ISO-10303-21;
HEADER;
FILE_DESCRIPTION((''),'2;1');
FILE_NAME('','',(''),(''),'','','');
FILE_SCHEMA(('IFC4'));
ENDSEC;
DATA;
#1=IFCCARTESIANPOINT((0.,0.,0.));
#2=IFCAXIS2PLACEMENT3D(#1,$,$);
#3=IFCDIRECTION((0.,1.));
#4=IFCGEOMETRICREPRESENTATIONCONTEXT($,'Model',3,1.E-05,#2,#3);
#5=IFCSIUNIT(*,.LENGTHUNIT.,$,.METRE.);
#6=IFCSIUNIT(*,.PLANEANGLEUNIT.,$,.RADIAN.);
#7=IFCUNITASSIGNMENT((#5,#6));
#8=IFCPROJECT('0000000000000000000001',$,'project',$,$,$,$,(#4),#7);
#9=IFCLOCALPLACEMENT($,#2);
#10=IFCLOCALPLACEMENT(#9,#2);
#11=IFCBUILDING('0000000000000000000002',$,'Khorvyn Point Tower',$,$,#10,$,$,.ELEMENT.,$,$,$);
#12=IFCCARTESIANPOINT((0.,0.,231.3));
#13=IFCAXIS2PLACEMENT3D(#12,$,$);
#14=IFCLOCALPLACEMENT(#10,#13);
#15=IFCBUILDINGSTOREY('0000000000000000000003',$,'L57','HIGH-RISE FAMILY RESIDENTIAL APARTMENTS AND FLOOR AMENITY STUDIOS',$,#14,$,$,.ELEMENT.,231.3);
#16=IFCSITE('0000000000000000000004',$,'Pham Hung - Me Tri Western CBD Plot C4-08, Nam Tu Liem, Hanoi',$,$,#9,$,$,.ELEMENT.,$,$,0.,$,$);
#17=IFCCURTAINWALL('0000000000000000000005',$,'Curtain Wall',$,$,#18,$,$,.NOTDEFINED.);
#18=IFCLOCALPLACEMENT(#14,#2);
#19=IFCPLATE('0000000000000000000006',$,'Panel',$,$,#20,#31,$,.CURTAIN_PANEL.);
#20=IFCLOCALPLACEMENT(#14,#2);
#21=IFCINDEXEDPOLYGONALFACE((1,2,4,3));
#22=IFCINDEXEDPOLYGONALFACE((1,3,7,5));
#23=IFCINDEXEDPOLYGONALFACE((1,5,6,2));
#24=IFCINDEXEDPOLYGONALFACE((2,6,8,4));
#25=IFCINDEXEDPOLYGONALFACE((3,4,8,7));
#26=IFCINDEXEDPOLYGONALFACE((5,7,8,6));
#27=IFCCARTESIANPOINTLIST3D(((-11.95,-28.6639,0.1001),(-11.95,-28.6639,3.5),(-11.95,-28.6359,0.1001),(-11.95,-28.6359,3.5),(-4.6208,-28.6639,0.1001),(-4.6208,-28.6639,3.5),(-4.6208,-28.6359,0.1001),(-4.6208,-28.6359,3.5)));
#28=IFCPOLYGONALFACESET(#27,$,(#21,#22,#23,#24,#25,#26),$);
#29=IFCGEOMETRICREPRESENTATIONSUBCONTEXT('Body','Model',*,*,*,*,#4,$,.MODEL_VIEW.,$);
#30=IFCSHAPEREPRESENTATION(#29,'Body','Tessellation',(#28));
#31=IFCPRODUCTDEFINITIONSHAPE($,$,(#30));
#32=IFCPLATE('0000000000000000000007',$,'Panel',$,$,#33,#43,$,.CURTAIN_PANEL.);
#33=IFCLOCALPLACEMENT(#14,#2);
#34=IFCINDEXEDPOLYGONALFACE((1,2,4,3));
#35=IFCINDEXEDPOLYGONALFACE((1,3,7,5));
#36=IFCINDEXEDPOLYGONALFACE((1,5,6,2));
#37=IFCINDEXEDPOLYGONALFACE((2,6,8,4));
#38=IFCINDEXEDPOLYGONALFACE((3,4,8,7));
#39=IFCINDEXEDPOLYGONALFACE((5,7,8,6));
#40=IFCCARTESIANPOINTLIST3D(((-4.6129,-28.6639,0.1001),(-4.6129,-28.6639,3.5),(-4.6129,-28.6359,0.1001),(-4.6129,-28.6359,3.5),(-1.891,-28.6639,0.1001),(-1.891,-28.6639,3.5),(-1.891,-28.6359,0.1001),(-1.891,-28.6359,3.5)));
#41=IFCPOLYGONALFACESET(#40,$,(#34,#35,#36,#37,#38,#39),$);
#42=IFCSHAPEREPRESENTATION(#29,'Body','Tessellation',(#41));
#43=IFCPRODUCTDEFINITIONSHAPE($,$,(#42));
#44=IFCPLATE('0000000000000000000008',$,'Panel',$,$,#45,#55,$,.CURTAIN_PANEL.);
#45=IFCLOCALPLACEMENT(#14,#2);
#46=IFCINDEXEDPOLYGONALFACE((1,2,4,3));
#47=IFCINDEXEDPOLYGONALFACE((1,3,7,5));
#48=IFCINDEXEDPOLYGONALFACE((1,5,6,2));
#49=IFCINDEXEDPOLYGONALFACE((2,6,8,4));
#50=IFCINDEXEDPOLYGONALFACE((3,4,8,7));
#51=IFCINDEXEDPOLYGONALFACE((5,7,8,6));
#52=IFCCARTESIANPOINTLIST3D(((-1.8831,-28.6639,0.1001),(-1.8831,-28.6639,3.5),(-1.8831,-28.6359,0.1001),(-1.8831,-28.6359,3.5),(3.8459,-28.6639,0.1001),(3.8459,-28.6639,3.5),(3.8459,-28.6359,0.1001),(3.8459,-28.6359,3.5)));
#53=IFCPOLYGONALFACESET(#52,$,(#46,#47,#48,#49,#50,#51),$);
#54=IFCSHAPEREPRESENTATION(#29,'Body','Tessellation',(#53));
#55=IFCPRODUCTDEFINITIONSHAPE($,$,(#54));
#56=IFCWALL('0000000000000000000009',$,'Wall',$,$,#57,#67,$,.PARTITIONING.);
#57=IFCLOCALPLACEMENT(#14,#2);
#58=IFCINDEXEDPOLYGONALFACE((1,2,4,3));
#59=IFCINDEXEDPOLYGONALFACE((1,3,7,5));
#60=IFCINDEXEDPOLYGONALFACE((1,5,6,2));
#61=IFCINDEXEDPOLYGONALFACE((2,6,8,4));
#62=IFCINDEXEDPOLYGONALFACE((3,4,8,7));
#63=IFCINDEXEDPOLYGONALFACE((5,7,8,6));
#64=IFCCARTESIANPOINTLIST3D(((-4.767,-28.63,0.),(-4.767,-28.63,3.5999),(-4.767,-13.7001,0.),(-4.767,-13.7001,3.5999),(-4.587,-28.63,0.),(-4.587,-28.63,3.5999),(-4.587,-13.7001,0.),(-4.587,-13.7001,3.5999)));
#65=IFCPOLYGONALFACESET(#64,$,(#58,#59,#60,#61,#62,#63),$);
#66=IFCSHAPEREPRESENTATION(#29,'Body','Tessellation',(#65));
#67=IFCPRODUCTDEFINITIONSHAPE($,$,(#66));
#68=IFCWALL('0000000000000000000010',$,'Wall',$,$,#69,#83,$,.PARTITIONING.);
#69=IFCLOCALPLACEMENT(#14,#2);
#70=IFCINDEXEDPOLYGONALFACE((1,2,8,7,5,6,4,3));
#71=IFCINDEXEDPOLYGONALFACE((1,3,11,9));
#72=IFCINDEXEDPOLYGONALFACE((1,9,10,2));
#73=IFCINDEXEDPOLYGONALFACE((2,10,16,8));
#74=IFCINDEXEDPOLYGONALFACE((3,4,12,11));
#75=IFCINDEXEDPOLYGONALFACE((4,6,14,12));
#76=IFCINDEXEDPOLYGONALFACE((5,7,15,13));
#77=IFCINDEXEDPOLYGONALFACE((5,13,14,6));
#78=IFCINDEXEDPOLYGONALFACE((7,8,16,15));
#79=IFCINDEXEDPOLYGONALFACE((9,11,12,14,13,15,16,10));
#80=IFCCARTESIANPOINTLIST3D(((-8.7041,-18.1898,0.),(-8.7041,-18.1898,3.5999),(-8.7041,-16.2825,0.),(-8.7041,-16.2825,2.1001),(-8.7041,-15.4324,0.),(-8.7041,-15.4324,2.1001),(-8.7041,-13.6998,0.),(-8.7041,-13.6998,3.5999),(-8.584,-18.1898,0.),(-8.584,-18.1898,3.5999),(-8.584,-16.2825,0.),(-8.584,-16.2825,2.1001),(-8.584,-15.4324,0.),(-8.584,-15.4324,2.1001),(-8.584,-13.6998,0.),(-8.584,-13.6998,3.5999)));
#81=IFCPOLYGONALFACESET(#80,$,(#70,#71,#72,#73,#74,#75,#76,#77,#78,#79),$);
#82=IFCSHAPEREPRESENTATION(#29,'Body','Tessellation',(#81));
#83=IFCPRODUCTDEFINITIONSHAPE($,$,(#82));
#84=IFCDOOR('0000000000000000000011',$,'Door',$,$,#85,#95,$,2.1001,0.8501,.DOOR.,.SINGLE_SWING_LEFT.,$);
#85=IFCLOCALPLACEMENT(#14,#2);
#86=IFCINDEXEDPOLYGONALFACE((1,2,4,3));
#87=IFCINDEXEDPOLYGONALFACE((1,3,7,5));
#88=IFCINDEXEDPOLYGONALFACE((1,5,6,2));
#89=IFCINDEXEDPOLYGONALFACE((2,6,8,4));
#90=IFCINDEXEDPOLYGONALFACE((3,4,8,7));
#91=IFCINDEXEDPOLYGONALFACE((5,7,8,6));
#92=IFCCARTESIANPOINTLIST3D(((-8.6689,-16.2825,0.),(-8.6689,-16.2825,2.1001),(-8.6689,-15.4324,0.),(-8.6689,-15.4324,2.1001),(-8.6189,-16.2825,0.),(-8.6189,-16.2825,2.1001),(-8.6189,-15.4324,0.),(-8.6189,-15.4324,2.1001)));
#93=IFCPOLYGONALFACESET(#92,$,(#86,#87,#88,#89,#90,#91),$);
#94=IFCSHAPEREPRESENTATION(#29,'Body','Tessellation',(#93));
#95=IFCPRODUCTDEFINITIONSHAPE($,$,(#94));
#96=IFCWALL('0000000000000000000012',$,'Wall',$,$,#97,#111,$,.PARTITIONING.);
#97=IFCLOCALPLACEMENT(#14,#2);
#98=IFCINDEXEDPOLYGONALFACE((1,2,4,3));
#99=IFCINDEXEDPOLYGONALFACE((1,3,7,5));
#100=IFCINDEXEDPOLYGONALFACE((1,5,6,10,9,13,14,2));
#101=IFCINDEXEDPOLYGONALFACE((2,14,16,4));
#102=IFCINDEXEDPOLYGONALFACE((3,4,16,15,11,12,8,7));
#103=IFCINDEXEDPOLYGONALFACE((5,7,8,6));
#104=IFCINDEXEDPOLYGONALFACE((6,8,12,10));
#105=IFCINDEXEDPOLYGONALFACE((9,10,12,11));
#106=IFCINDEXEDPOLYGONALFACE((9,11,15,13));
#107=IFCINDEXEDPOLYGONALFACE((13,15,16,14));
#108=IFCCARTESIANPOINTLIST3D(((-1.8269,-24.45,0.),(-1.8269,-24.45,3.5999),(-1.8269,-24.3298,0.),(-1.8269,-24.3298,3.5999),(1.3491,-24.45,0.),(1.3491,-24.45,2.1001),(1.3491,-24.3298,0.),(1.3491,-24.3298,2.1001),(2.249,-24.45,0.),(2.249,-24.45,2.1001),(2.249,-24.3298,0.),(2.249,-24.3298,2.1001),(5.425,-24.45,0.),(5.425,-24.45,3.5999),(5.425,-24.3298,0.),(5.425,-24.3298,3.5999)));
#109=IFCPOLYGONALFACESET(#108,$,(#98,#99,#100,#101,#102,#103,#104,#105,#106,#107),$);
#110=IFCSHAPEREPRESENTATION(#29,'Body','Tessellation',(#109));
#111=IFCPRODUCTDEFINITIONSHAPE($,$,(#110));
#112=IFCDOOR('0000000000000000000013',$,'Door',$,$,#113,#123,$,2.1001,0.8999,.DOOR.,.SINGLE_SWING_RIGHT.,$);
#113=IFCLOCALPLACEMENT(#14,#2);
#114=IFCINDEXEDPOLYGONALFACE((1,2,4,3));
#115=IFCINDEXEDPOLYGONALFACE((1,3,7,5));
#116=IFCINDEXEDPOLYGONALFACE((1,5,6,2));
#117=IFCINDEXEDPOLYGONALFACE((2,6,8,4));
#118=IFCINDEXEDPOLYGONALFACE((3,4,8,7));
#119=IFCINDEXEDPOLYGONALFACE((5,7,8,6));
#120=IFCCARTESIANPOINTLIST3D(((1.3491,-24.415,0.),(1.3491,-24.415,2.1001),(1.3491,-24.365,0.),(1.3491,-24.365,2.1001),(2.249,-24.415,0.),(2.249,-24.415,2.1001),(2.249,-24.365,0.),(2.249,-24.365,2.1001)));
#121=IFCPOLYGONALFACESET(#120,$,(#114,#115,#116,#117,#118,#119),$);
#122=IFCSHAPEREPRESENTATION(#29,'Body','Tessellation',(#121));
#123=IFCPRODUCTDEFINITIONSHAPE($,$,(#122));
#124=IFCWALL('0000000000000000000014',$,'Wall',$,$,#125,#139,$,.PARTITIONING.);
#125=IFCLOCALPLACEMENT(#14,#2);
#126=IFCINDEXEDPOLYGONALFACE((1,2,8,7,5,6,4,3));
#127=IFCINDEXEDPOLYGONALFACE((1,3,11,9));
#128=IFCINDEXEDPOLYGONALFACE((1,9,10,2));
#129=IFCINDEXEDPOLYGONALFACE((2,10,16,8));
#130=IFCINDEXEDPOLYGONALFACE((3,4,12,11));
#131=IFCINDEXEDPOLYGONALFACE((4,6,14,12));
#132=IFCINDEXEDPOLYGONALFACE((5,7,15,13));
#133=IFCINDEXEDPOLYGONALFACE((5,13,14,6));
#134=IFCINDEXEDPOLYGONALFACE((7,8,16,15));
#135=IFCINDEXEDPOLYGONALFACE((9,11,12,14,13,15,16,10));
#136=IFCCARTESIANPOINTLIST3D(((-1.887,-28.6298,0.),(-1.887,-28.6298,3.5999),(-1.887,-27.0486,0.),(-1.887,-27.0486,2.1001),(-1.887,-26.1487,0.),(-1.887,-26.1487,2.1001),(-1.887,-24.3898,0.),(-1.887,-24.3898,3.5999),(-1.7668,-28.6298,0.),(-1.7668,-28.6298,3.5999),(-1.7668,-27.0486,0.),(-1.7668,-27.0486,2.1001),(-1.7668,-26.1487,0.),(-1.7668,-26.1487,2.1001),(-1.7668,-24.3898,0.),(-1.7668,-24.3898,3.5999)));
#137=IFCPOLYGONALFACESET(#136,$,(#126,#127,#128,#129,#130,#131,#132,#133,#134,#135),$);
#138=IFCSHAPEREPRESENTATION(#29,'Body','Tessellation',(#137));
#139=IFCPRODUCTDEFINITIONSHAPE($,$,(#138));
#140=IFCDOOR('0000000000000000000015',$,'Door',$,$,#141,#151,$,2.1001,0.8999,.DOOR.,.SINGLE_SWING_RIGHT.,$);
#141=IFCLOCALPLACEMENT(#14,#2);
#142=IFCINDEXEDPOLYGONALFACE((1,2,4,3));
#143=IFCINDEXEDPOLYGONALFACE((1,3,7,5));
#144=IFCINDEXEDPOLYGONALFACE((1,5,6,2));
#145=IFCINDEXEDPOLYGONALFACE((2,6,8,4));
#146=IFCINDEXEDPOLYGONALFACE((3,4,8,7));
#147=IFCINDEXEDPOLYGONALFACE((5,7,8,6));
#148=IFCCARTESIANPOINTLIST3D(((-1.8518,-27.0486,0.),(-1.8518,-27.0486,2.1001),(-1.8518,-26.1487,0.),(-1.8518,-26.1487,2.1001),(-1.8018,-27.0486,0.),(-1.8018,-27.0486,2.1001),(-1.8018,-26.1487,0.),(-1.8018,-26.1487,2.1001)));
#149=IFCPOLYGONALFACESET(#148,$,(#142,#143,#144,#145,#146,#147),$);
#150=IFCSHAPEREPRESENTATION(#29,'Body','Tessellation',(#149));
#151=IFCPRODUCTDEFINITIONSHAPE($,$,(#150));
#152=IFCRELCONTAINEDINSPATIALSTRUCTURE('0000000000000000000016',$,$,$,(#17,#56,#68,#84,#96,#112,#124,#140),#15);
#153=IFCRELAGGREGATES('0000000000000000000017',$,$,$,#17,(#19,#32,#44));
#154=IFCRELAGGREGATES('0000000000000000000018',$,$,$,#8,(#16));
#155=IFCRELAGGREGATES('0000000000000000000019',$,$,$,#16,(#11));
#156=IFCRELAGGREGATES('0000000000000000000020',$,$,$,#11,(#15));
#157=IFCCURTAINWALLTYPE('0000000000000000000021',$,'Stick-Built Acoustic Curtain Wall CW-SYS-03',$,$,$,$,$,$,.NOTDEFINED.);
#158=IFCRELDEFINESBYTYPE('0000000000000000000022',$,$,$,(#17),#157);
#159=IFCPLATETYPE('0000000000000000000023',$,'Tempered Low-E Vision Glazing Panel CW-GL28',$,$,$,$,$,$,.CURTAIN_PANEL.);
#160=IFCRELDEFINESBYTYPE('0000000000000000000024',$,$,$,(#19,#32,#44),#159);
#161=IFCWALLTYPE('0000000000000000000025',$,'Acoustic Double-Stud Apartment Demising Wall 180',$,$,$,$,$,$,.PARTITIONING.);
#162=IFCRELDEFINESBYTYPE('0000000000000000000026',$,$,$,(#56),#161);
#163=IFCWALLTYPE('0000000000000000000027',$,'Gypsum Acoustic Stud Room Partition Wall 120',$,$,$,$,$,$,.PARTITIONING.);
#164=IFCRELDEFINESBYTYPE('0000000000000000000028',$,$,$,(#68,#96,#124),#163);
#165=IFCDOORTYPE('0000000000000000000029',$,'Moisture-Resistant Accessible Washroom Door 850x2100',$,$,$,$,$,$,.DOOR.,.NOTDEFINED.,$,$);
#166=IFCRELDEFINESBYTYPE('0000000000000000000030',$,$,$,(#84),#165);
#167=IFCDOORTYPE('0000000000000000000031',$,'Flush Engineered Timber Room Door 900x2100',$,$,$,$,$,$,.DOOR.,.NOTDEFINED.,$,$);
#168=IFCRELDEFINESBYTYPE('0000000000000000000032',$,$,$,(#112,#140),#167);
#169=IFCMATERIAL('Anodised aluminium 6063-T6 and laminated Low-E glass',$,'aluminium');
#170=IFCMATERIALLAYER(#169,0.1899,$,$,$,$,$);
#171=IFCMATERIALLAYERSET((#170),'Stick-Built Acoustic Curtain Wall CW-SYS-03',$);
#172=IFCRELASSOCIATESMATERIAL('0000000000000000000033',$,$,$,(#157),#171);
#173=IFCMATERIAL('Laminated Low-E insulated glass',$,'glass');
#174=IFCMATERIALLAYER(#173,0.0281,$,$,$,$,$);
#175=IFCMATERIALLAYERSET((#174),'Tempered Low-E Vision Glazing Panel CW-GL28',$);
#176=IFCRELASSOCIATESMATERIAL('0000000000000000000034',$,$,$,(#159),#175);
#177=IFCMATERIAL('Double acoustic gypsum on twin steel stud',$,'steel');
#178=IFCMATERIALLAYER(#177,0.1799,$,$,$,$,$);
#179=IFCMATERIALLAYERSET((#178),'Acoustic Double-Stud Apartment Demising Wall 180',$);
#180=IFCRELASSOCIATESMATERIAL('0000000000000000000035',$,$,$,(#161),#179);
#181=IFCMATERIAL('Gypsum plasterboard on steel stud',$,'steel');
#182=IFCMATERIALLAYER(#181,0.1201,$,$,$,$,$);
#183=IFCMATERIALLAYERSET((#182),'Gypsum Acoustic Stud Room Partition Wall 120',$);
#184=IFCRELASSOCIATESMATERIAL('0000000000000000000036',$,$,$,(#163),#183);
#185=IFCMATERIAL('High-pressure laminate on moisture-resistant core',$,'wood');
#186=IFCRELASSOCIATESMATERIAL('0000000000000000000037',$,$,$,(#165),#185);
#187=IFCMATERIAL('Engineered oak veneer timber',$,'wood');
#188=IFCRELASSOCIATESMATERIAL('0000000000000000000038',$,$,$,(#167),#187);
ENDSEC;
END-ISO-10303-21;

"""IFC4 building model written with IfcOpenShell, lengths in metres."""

from ifc_helpers import new_model, si_unit, direction, frame, frame_2d, origin, origin_2d, place, context, subcontext, project, spatial, rectangle, extrude, material, layer, layer_set, type_object, element, fill, aggregate, save


model = new_model("IFC4")

# Units and contexts
model_context = context("Model", 3, precision=1e-05, world=origin(), true_north=direction((0.0, 1.0)))
body_context = subcontext(model_context, "Body", "Model", "MODEL_VIEW")
ifc_project = project(units=[si_unit("LENGTHUNIT", "METRE"), si_unit("PLANEANGLEUNIT", "RADIAN")], contexts=[model_context])

# Site, building, storey
site_placement = place(None, origin())
site = spatial("IfcSite", under=ifc_project, at=site_placement, Name="Pham Hung - Me Tri Western CBD Plot C4-08, Nam Tu Liem, Hanoi", CompositionType="ELEMENT", RefElevation=0.0)
building_placement = place(site_placement, origin())
building = spatial("IfcBuilding", under=site, at=building_placement, Name="Khorvyn Point Tower", CompositionType="ELEMENT")
storey_placement = place(building_placement, frame((0.0, 0.0, 231.3)))
storey = spatial("IfcBuildingStorey", under=building, at=storey_placement, Name="L57", Description="HIGH-RISE FAMILY RESIDENTIAL APARTMENTS AND FLOOR AMENITY STUDIOS", CompositionType="ELEMENT", Elevation=231.3)

# Curtain wall, plates
ifc_material_1 = material(Name="Anodised aluminium 6063-T6 and laminated Low-E glass", Category="aluminium")
ifc_layer_1 = layer(ifc_material_1, 0.1899)
ifc_layer_set_1 = layer_set([ifc_layer_1], Name="Stick-Built Acoustic Curtain Wall CW-SYS-03")
curtain_wall_type = type_object("IfcCurtainWallType", Name="Stick-Built Acoustic Curtain Wall CW-SYS-03", PredefinedType="NOTDEFINED", material=ifc_layer_set_1)
curtain_wall_placement = place(storey_placement, origin())
curtain_wall = element("IfcCurtainWall", 1, at=curtain_wall_placement, inside=storey, type_object=curtain_wall_type, Name="Curtain Wall", PredefinedType="NOTDEFINED")
ifc_material_2 = material(Name="Laminated Low-E insulated glass", Category="glass")
ifc_layer_2 = layer(ifc_material_2, 0.0281)
ifc_layer_set_2 = layer_set([ifc_layer_2], Name="Tempered Low-E Vision Glazing Panel CW-GL28")
plate_type = type_object("IfcPlateType", Name="Tempered Low-E Vision Glazing Panel CW-GL28", PredefinedType="CURTAIN_PANEL", material=ifc_layer_set_2)
plate_1_placement = place(storey_placement, frame((-8.2854, -28.6499, 0.1001), z_axis=(0.0, 0.0, 1.0), x_axis=(-1.0, 0.0, 0.0)))
plate_1 = element("IfcPlate", 2, at=plate_1_placement, type_object=plate_type, Name="Panel", PredefinedType="CURTAIN_PANEL", context=body_context, shape_type="SweptSolid", body=[
    extrude(rectangle(XDim=7.3291, YDim=0.0281, at=origin_2d()), origin(), (0.0, 0.0, 1.0), 3.3999),
])
plate_2_placement = place(storey_placement, frame((-3.252, -28.6499, 0.1001), z_axis=(0.0, 0.0, 1.0), x_axis=(-1.0, 0.0, 0.0)))
plate_2 = element("IfcPlate", 3, at=plate_2_placement, type_object=plate_type, Name="Panel", PredefinedType="CURTAIN_PANEL", context=body_context, shape_type="SweptSolid", body=[
    extrude(rectangle(XDim=2.7219, YDim=0.0281, at=origin_2d()), origin(), (0.0, 0.0, 1.0), 3.3999),
])
plate_3_placement = place(storey_placement, frame((0.9814, -28.6499, 0.1001), z_axis=(0.0, 0.0, 1.0), x_axis=(-1.0, 0.0, 0.0)))
plate_3 = element("IfcPlate", 4, at=plate_3_placement, type_object=plate_type, Name="Panel", PredefinedType="CURTAIN_PANEL", context=body_context, shape_type="SweptSolid", body=[
    extrude(rectangle(XDim=5.729, YDim=0.0281, at=origin_2d()), origin(), (0.0, 0.0, 1.0), 3.3999),
])
aggregate(curtain_wall, [plate_1, plate_2, plate_3])

# Wall
ifc_material_3 = material(Name="Double acoustic gypsum on twin steel stud", Category="steel")
ifc_layer_3 = layer(ifc_material_3, 0.1799)
ifc_layer_set_3 = layer_set([ifc_layer_3], Name="Acoustic Double-Stud Apartment Demising Wall 180")
wall_type_1 = type_object("IfcWallType", Name="Acoustic Double-Stud Apartment Demising Wall 180", PredefinedType="PARTITIONING", material=ifc_layer_set_3)
wall_1_placement = place(storey_placement, frame((-4.677, -28.6299, 0.0), z_axis=(0.0, 0.0, 1.0), x_axis=(0.0, 1.0, 0.0)))
element("IfcWall", 5, at=wall_1_placement, inside=storey, type_object=wall_type_1, Name="Wall", PredefinedType="PARTITIONING", context=body_context, shape_type="SweptSolid", body=[
    extrude(rectangle(XDim=14.9299, YDim=0.1799, at=frame_2d((7.4648, 0.0))), origin(), (0.0, 0.0, 1.0), 3.5999),
])

# Walls, openings, doors
ifc_material_4 = material(Name="Gypsum plasterboard on steel stud", Category="steel")
ifc_layer_4 = layer(ifc_material_4, 0.1201)
ifc_layer_set_4 = layer_set([ifc_layer_4], Name="Gypsum Acoustic Stud Room Partition Wall 120")
wall_type_2 = type_object("IfcWallType", Name="Gypsum Acoustic Stud Room Partition Wall 120", PredefinedType="PARTITIONING", material=ifc_layer_set_4)
wall_2_placement = place(storey_placement, frame((-8.644, -18.1899, 0.0), z_axis=(0.0, 0.0, 1.0), x_axis=(0.0, 1.0, 0.0)))
wall_2 = element("IfcWall", 6, at=wall_2_placement, inside=storey, type_object=wall_type_2, Name="Wall", PredefinedType="PARTITIONING", context=body_context, shape_type="SweptSolid", body=[
    extrude(rectangle(XDim=4.49, YDim=0.1201, at=frame_2d((2.2451, 0.0))), origin(), (0.0, 0.0, 1.0), 3.5999),
])
opening_1_placement = place(wall_2_placement, frame((1.9075, 0.0, 0.0)))
opening_1 = element("IfcOpeningElement", 7, at=opening_1_placement, cuts=wall_2, PredefinedType="OPENING", context=body_context, shape_type="SweptSolid", body=[
    extrude(rectangle(XDim=0.8501, YDim=2.1001, at=frame_2d((0.425, 1.05))), frame((0.0, 0.0701, 0.0), z_axis=(0.0, -1.0, 0.0), x_axis=(1.0, 0.0, 0.0)), (0.0, 0.0, 1.0), 0.1401),
])
ifc_material_5 = material(Name="High-pressure laminate on moisture-resistant core", Category="wood")
door_type_1 = type_object("IfcDoorType", Name="Moisture-Resistant Accessible Washroom Door 850x2100", OperationType="NOTDEFINED", PredefinedType="DOOR", material=ifc_material_5)
door_1_placement = place(opening_1_placement, origin())
door_1 = element("IfcDoor", 8, at=door_1_placement, inside=storey, type_object=door_type_1, Name="Door", OperationType="SINGLE_SWING_LEFT", OverallHeight=2.1001, OverallWidth=0.8501, PredefinedType="DOOR", context=body_context, shape_type="SweptSolid", body=[
    extrude(rectangle(XDim=0.8501, YDim=2.1001, at=frame_2d((0.425, 1.05))), frame((0.0, 0.0249, 0.0), z_axis=(0.0, -1.0, 0.0), x_axis=(1.0, 0.0, 0.0)), (0.0, 0.0, 1.0), 0.05),
])
fill(opening_1, door_1)
wall_3_placement = place(storey_placement, frame((-1.8269, -24.3899, 0.0), z_axis=(0.0, 0.0, 1.0), x_axis=(1.0, 0.0, 0.0)))
wall_3 = element("IfcWall", 9, at=wall_3_placement, inside=storey, type_object=wall_type_2, Name="Wall", PredefinedType="PARTITIONING", context=body_context, shape_type="SweptSolid", body=[
    extrude(rectangle(XDim=7.252, YDim=0.1201, at=frame_2d((3.626, 0.0))), origin(), (0.0, 0.0, 1.0), 3.5999),
])
opening_2_placement = place(wall_3_placement, frame((3.176, 0.0, 0.0)))
opening_2 = element("IfcOpeningElement", 10, at=opening_2_placement, cuts=wall_3, PredefinedType="OPENING", context=body_context, shape_type="SweptSolid", body=[
    extrude(rectangle(XDim=0.8999, YDim=2.1001, at=frame_2d((0.45, 1.05))), frame((0.0, 0.0701, 0.0), z_axis=(0.0, -1.0, 0.0), x_axis=(1.0, 0.0, 0.0)), (0.0, 0.0, 1.0), 0.1401),
])
ifc_material_6 = material(Name="Engineered oak veneer timber", Category="wood")
door_type_2 = type_object("IfcDoorType", Name="Flush Engineered Timber Room Door 900x2100", OperationType="NOTDEFINED", PredefinedType="DOOR", material=ifc_material_6)
door_2_placement = place(opening_2_placement, origin())
door_2 = element("IfcDoor", 11, at=door_2_placement, inside=storey, type_object=door_type_2, Name="Door", OperationType="SINGLE_SWING_RIGHT", OverallHeight=2.1001, OverallWidth=0.8999, PredefinedType="DOOR", context=body_context, shape_type="SweptSolid", body=[
    extrude(rectangle(XDim=0.8999, YDim=2.1001, at=frame_2d((0.45, 1.05))), frame((0.0, 0.0249, 0.0), z_axis=(0.0, -1.0, 0.0), x_axis=(1.0, 0.0, 0.0)), (0.0, 0.0, 1.0), 0.05),
])
fill(opening_2, door_2)
wall_4_placement = place(storey_placement, frame((-1.8269, -28.6299, 0.0), z_axis=(0.0, 0.0, 1.0), x_axis=(0.0, 1.0, 0.0)))
wall_4 = element("IfcWall", 12, at=wall_4_placement, inside=storey, type_object=wall_type_2, Name="Wall", PredefinedType="PARTITIONING", context=body_context, shape_type="SweptSolid", body=[
    extrude(rectangle(XDim=4.24, YDim=0.1201, at=frame_2d((2.1201, 0.0))), origin(), (0.0, 0.0, 1.0), 3.5999),
])
opening_3_placement = place(wall_4_placement, frame((1.5813, 0.0, 0.0)))
opening_3 = element("IfcOpeningElement", 13, at=opening_3_placement, cuts=wall_4, PredefinedType="OPENING", context=body_context, shape_type="SweptSolid", body=[
    extrude(rectangle(XDim=0.8999, YDim=2.1001, at=frame_2d((0.45, 1.05))), frame((0.0, 0.0701, 0.0), z_axis=(0.0, -1.0, 0.0), x_axis=(1.0, 0.0, 0.0)), (0.0, 0.0, 1.0), 0.1401),
])
door_3_placement = place(opening_3_placement, origin())
door_3 = element("IfcDoor", 14, at=door_3_placement, inside=storey, type_object=door_type_2, Name="Door", OperationType="SINGLE_SWING_RIGHT", OverallHeight=2.1001, OverallWidth=0.8999, PredefinedType="DOOR", context=body_context, shape_type="SweptSolid", body=[
    extrude(rectangle(XDim=0.8999, YDim=2.1001, at=frame_2d((0.45, 1.05))), frame((0.0, 0.0249, 0.0), z_axis=(0.0, -1.0, 0.0), x_axis=(1.0, 0.0, 0.0)), (0.0, 0.0, 1.0), 0.05),
])
fill(opening_3, door_3)

save(model, "model.ifc")
